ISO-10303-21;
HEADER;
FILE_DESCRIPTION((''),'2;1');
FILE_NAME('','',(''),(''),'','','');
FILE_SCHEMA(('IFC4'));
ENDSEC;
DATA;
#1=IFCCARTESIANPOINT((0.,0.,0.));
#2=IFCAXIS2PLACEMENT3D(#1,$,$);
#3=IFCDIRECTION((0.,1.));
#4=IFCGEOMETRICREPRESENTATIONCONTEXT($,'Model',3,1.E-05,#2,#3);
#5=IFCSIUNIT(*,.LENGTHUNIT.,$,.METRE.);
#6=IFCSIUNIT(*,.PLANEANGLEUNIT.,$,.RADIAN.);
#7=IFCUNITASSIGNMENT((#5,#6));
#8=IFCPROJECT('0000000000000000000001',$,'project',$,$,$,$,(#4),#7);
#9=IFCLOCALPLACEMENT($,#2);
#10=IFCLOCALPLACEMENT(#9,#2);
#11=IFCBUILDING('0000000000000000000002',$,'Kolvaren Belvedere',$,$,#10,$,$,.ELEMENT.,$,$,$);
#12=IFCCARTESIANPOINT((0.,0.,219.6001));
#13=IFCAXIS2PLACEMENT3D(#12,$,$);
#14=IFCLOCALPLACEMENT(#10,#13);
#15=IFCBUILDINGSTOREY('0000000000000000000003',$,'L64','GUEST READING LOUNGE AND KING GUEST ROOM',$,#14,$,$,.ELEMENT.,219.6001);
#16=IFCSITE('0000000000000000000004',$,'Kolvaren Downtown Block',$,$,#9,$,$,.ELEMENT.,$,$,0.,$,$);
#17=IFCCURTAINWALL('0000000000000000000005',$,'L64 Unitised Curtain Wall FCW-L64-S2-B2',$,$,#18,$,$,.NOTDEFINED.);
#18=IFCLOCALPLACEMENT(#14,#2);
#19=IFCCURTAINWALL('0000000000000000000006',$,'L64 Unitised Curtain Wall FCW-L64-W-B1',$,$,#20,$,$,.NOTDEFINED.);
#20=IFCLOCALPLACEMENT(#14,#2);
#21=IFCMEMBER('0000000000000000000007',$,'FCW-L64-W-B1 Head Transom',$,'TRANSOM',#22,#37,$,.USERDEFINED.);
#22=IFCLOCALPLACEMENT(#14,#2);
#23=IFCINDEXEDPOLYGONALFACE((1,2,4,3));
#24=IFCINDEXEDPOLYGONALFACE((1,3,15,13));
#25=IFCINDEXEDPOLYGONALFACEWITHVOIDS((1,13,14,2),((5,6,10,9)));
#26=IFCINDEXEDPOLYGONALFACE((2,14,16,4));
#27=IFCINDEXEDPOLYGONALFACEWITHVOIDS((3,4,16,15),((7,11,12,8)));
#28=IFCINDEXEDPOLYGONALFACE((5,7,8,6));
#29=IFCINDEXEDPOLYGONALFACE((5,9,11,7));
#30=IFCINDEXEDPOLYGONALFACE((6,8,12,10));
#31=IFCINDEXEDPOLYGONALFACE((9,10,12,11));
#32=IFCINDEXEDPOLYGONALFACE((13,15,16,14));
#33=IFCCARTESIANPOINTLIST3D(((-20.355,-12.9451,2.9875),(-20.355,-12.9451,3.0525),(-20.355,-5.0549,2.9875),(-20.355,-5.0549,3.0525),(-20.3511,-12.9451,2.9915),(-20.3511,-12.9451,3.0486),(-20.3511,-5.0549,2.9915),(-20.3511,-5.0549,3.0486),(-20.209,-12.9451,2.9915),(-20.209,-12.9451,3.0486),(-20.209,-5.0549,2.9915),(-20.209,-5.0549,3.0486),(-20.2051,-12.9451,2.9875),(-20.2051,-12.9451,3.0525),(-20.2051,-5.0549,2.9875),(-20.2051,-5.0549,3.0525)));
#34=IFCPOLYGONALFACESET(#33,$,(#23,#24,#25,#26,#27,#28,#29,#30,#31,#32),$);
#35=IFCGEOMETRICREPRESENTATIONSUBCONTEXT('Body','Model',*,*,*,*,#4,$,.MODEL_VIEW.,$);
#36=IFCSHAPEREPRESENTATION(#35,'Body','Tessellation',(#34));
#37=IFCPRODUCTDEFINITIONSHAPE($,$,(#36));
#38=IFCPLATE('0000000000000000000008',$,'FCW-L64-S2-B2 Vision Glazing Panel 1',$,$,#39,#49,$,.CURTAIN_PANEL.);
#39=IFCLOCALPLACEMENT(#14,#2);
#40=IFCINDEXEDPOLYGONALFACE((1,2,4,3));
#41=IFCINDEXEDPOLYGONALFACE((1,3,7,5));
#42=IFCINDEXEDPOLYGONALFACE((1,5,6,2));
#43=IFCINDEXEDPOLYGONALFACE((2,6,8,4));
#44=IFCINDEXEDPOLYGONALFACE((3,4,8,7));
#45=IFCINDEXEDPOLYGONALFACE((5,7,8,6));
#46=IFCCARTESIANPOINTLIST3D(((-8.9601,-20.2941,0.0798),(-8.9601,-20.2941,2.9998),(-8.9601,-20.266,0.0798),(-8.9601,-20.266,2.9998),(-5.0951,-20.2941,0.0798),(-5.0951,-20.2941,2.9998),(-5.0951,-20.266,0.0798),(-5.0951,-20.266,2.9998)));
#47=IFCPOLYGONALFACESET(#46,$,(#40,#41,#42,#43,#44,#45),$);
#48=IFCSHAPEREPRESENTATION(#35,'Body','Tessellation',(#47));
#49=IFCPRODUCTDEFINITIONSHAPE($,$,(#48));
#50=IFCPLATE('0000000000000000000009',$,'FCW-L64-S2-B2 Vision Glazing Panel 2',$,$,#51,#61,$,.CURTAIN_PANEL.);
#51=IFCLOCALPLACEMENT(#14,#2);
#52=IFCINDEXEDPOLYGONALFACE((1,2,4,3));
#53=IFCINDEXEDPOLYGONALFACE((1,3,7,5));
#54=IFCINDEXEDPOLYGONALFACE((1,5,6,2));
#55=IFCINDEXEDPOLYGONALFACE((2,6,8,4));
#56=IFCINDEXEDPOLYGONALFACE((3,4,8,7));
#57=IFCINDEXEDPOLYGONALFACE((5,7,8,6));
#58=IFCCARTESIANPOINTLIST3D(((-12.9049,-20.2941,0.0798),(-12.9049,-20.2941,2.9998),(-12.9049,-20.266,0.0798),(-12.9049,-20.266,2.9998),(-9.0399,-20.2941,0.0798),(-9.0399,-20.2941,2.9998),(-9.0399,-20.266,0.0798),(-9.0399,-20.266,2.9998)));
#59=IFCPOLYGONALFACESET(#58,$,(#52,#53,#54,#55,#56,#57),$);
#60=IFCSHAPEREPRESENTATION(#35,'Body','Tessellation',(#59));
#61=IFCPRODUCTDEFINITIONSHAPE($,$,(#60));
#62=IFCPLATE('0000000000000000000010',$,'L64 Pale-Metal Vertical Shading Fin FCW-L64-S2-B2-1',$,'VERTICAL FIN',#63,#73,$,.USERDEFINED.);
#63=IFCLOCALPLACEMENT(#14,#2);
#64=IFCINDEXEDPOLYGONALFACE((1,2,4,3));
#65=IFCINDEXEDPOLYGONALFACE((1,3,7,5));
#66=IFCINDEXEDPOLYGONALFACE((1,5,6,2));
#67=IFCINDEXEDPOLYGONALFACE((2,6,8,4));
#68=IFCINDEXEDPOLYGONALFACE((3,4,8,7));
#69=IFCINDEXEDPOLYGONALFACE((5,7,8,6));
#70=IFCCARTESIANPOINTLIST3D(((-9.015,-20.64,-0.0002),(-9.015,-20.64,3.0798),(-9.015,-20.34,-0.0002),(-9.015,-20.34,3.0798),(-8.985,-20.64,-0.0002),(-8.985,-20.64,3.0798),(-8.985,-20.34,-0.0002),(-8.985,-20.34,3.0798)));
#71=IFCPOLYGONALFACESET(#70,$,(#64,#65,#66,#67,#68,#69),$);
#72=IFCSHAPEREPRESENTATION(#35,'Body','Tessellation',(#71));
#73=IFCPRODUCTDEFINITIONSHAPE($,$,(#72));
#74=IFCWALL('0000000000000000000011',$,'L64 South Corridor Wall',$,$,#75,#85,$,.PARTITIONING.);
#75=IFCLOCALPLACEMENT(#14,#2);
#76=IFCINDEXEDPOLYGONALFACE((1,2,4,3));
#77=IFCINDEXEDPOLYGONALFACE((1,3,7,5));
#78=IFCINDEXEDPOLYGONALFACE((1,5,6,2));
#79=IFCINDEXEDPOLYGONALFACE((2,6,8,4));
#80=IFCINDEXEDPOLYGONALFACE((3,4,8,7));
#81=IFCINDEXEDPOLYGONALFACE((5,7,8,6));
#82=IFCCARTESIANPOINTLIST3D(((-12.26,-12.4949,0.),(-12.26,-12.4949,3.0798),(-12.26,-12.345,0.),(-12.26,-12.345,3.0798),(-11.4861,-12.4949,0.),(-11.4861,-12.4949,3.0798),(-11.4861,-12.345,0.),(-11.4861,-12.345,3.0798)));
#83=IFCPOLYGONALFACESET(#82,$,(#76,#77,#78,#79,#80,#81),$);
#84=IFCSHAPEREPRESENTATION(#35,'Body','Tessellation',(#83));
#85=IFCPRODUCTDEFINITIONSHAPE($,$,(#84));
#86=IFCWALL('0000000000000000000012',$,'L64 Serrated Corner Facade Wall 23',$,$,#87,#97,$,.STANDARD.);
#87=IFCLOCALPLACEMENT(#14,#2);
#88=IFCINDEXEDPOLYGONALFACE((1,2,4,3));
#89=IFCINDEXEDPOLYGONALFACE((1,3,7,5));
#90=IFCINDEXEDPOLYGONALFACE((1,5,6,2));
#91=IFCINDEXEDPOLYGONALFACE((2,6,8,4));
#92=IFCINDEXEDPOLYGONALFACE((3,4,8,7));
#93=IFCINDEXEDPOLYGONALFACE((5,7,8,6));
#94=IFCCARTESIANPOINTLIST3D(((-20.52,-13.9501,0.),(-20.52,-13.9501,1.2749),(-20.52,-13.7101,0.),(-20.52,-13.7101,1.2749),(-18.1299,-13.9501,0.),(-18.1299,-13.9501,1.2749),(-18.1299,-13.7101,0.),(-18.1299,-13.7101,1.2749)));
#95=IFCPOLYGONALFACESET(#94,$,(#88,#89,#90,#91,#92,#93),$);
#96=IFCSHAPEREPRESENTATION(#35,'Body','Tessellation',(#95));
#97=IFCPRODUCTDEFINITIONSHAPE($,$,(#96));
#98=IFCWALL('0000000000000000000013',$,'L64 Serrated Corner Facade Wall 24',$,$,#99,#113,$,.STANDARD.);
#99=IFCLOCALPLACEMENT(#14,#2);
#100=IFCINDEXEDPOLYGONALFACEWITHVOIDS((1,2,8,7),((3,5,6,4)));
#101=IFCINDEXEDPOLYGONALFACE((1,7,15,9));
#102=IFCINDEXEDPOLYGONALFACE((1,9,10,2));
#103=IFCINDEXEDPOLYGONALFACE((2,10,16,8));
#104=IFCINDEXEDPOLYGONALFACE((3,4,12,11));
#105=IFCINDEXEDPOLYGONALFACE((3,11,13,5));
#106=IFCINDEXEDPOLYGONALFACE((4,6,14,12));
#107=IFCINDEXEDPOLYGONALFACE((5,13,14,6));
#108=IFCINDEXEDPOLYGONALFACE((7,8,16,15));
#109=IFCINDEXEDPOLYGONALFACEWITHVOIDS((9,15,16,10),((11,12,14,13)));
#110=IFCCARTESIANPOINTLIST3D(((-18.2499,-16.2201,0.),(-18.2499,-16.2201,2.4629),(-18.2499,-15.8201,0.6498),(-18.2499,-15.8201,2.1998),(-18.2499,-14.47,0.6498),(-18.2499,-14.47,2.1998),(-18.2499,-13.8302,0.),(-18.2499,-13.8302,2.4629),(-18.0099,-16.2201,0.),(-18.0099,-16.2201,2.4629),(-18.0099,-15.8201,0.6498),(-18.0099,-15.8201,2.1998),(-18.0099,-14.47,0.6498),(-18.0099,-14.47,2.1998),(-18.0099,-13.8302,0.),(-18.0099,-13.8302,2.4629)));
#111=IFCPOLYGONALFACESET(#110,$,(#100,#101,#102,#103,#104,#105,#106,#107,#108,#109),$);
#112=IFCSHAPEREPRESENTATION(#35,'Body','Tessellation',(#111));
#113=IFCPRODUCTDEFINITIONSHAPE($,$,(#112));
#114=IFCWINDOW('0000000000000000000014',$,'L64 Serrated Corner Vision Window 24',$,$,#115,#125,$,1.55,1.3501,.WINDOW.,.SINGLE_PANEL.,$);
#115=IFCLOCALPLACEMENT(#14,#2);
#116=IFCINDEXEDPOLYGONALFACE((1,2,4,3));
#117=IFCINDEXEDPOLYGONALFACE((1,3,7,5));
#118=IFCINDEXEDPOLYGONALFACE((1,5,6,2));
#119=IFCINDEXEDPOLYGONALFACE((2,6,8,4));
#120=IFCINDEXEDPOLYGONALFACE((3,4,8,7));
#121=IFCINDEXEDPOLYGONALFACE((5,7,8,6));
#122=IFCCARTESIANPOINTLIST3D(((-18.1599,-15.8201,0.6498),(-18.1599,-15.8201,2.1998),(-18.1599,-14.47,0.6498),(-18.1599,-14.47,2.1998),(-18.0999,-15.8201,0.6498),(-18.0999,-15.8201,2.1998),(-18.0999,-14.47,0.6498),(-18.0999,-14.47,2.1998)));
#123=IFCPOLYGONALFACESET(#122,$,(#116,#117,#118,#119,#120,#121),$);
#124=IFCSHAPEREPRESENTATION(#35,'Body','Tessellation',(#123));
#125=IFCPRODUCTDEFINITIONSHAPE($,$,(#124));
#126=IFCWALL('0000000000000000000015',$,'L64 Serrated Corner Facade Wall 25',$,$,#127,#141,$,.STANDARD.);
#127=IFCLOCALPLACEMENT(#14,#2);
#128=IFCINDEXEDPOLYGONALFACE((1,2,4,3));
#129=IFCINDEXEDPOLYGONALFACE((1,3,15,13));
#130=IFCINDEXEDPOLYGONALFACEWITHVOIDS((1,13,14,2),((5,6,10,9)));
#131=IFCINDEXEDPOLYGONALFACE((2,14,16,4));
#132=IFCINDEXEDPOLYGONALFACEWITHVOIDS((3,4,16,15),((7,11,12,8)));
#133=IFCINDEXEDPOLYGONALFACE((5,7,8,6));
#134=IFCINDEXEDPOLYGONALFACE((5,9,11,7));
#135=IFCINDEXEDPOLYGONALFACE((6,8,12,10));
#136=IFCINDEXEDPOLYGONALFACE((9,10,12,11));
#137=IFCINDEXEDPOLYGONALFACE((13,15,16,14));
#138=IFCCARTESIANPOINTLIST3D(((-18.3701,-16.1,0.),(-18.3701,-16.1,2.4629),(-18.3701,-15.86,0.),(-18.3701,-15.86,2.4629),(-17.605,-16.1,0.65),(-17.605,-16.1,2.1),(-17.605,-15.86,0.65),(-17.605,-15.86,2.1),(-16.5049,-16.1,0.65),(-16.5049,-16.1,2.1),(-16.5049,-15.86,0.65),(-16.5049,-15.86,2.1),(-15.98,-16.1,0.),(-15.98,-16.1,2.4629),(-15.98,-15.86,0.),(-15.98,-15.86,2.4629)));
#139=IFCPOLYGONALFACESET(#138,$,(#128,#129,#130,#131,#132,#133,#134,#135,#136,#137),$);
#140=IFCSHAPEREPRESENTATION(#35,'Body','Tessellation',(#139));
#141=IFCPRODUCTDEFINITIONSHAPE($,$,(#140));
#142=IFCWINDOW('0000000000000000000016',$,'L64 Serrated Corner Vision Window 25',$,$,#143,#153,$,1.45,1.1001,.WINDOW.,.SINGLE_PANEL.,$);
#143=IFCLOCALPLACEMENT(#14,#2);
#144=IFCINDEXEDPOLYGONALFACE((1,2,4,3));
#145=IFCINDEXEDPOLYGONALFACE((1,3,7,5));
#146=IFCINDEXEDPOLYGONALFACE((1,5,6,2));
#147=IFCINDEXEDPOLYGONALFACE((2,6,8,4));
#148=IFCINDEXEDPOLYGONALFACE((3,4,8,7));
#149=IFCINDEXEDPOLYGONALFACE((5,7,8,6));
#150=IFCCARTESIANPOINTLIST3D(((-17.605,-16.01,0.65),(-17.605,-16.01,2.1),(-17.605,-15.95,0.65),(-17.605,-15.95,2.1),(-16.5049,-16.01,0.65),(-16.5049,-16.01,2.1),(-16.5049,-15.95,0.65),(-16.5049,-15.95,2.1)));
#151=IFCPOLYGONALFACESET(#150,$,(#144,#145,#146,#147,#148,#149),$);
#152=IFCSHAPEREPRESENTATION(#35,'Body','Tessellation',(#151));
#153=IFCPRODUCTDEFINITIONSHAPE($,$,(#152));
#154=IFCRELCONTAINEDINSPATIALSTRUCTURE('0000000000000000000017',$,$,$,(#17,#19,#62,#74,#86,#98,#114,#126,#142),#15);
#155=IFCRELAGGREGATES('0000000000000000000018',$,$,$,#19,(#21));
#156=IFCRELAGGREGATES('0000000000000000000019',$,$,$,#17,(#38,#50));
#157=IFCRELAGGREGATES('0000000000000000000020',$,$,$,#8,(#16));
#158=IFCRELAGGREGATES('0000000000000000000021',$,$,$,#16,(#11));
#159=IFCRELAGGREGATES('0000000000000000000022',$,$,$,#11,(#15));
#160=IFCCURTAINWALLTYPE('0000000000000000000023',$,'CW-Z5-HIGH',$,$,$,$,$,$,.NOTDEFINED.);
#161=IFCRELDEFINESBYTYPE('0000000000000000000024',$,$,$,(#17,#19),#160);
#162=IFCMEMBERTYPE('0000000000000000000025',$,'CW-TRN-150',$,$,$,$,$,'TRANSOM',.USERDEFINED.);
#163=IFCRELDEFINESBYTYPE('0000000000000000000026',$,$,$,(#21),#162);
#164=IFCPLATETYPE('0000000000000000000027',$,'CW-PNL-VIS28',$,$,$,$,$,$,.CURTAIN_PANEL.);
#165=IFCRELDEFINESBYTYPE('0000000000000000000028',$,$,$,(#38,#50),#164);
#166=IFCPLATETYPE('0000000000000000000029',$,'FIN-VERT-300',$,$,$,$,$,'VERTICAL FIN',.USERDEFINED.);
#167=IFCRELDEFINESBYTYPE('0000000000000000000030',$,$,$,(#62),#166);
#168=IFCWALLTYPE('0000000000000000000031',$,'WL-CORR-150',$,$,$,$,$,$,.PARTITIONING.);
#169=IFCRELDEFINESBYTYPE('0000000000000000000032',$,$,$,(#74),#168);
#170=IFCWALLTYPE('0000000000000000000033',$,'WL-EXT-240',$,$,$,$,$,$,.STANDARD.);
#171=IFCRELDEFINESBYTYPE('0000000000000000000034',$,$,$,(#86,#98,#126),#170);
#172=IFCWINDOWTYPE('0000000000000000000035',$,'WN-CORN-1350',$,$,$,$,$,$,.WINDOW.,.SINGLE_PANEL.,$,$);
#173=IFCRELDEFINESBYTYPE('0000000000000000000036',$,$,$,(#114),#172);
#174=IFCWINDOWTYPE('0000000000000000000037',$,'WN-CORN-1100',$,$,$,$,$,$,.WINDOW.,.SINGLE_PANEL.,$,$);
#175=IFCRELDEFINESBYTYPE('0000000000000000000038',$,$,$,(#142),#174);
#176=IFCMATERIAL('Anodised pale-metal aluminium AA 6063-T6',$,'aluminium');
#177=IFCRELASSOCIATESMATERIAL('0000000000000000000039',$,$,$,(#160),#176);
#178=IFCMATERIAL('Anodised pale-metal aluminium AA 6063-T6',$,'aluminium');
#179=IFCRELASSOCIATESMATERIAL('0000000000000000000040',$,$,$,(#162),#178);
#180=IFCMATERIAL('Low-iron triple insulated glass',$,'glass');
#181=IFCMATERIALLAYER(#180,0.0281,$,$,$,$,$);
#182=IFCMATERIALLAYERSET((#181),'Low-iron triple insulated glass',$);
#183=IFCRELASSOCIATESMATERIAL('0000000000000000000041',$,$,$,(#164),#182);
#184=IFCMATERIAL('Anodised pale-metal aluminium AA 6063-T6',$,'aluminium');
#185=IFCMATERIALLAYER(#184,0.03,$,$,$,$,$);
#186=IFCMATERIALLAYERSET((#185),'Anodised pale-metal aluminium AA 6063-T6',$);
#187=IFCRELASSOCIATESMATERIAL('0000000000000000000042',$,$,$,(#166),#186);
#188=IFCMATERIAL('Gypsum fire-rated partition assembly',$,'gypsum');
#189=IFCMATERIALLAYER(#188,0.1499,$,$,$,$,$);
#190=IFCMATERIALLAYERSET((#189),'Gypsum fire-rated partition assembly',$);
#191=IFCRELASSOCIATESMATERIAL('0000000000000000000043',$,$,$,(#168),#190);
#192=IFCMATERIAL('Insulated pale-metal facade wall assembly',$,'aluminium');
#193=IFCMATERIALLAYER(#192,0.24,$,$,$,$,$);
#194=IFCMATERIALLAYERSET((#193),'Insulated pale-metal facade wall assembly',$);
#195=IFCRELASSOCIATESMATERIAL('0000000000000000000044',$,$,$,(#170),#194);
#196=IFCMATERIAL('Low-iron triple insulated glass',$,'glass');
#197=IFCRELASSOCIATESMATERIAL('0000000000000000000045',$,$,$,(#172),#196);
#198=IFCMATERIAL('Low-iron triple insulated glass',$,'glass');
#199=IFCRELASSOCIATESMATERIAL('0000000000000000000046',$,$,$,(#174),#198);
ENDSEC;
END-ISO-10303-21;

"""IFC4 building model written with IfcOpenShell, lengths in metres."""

from ifc_helpers import new_model, si_unit, direction, frame, frame_2d, origin, origin_2d, place, context, subcontext, project, spatial, rectangle, hollow_rectangle, extrude, material, layer, layer_set, material_profile, profile_set, type_object, element, fill, aggregate, save


model = new_model("IFC4")

# Units and contexts
model_context = context("Model", 3, precision=1e-05, world=origin(), true_north=direction((0.0, 1.0)))
body_context = subcontext(model_context, "Body", "Model", "MODEL_VIEW")
ifc_project = project(units=[si_unit("LENGTHUNIT", "METRE"), si_unit("PLANEANGLEUNIT", "RADIAN")], contexts=[model_context])

# Site, building, storey
site_placement = place(None, origin())
site = spatial("IfcSite", under=ifc_project, at=site_placement, Name="Kolvaren Downtown Block", CompositionType="ELEMENT", RefElevation=0.0)
building_placement = place(site_placement, origin())
building = spatial("IfcBuilding", under=site, at=building_placement, Name="Kolvaren Belvedere", CompositionType="ELEMENT")
storey_placement = place(building_placement, frame((0.0, 0.0, 219.6001)))
storey = spatial("IfcBuildingStorey", under=building, at=storey_placement, Name="L64", Description="GUEST READING LOUNGE AND KING GUEST ROOM", CompositionType="ELEMENT", Elevation=219.6001)

# Curtain walls, member
ifc_material_1 = material(Name="Anodised pale-metal aluminium AA 6063-T6", Category="aluminium")
curtain_wall_type = type_object("IfcCurtainWallType", Name="CW-Z5-HIGH", PredefinedType="NOTDEFINED", material=ifc_material_1)
curtain_wall_1_placement = place(storey_placement, origin())
curtain_wall_1 = element("IfcCurtainWall", 1, at=curtain_wall_1_placement, inside=storey, type_object=curtain_wall_type, Name="L64 Unitised Curtain Wall FCW-L64-S2-B2", PredefinedType="NOTDEFINED")
curtain_wall_2_placement = place(storey_placement, origin())
curtain_wall_2 = element("IfcCurtainWall", 2, at=curtain_wall_2_placement, inside=storey, type_object=curtain_wall_type, Name="L64 Unitised Curtain Wall FCW-L64-W-B1", PredefinedType="NOTDEFINED")
ifc_material_2 = material(Name="Anodised pale-metal aluminium AA 6063-T6", Category="aluminium")
ifc_material_profile_1 = material_profile(ifc_material_2, hollow_rectangle(XDim=0.0649, YDim=0.1499, WallThickness=0.0039, at=origin_2d()), Name="ALU-TRN-150X65")
ifc_profile_set_1 = profile_set([ifc_material_profile_1], Name="Anodised pale-metal aluminium AA 6063-T6")
member_type_1 = type_object("IfcMemberType", Name="CW-TRN-150", ElementType="TRANSOM", PredefinedType="USERDEFINED", material=ifc_profile_set_1)
member_1_placement = place(storey_placement, frame((-20.28, -12.9451, 3.02), z_axis=(0.0, 1.0, 0.0), x_axis=(0.0, 0.0, 1.0)))
member_1 = element("IfcMember", 3, at=member_1_placement, type_object=member_type_1, Name="FCW-L64-W-B1 Head Transom", ObjectType="TRANSOM", PredefinedType="USERDEFINED", context=body_context, shape_type="SweptSolid", body=[
    extrude(hollow_rectangle(XDim=0.0649, YDim=0.1499, WallThickness=0.0039, at=origin_2d()), origin(), (0.0, 0.0, 1.0), 7.8901),
])
aggregate(curtain_wall_2, [member_1])

# Plates
ifc_material_3 = material(Name="Low-iron triple insulated glass", Category="glass")
ifc_layer_1 = layer(ifc_material_3, 0.0281)
ifc_layer_set_1 = layer_set([ifc_layer_1], Name="Low-iron triple insulated glass")
plate_type_1 = type_object("IfcPlateType", Name="CW-PNL-VIS28", PredefinedType="CURTAIN_PANEL", material=ifc_layer_set_1)
plate_1_placement = place(storey_placement, frame((-7.0276, -20.28, 0.0798), z_axis=(0.0, 0.0, 1.0), x_axis=(-1.0, 0.0, 0.0)))
plate_1 = element("IfcPlate", 4, at=plate_1_placement, type_object=plate_type_1, Name="FCW-L64-S2-B2 Vision Glazing Panel 1", PredefinedType="CURTAIN_PANEL", context=body_context, shape_type="SweptSolid", body=[
    extrude(rectangle(XDim=3.865, YDim=0.0281, at=origin_2d()), origin(), (0.0, 0.0, 1.0), 2.9199),
])
plate_2_placement = place(storey_placement, frame((-10.9724, -20.28, 0.0798), z_axis=(0.0, 0.0, 1.0), x_axis=(-1.0, 0.0, 0.0)))
plate_2 = element("IfcPlate", 5, at=plate_2_placement, type_object=plate_type_1, Name="FCW-L64-S2-B2 Vision Glazing Panel 2", PredefinedType="CURTAIN_PANEL", context=body_context, shape_type="SweptSolid", body=[
    extrude(rectangle(XDim=3.865, YDim=0.0281, at=origin_2d()), origin(), (0.0, 0.0, 1.0), 2.9199),
])
aggregate(curtain_wall_1, [plate_1, plate_2])
ifc_material_4 = material(Name="Anodised pale-metal aluminium AA 6063-T6", Category="aluminium")
ifc_layer_2 = layer(ifc_material_4, 0.03)
ifc_layer_set_2 = layer_set([ifc_layer_2], Name="Anodised pale-metal aluminium AA 6063-T6")
plate_type_2 = type_object("IfcPlateType", Name="FIN-VERT-300", ElementType="VERTICAL FIN", PredefinedType="USERDEFINED", material=ifc_layer_set_2)
plate_3_placement = place(storey_placement, frame((-9.0, -20.49, -0.0002), z_axis=(0.0, 0.0, 1.0), x_axis=(0.0, 1.0, 0.0)))
element("IfcPlate", 6, at=plate_3_placement, inside=storey, type_object=plate_type_2, Name="L64 Pale-Metal Vertical Shading Fin FCW-L64-S2-B2-1", ObjectType="VERTICAL FIN", PredefinedType="USERDEFINED", context=body_context, shape_type="SweptSolid", body=[
    extrude(rectangle(XDim=0.3, YDim=0.03, at=origin_2d()), origin(), (0.0, 0.0, 1.0), 3.0801),
])

# Walls
ifc_material_5 = material(Name="Gypsum fire-rated partition assembly", Category="gypsum")
ifc_layer_3 = layer(ifc_material_5, 0.1499)
ifc_layer_set_3 = layer_set([ifc_layer_3], Name="Gypsum fire-rated partition assembly")
wall_type_1 = type_object("IfcWallType", Name="WL-CORR-150", PredefinedType="PARTITIONING", material=ifc_layer_set_3)
wall_1_placement = place(storey_placement, frame((-12.26, -12.4199, 0.0), z_axis=(0.0, 0.0, 1.0), x_axis=(1.0, 0.0, 0.0)))
element("IfcWall", 7, at=wall_1_placement, inside=storey, type_object=wall_type_1, Name="L64 South Corridor Wall", PredefinedType="PARTITIONING", context=body_context, shape_type="SweptSolid", body=[
    extrude(rectangle(XDim=0.7739, YDim=0.1499, at=frame_2d((0.387, 0.0))), origin(), (0.0, 0.0, 1.0), 3.0798),
])
ifc_material_6 = material(Name="Insulated pale-metal facade wall assembly", Category="aluminium")
ifc_layer_4 = layer(ifc_material_6, 0.24)
ifc_layer_set_4 = layer_set([ifc_layer_4], Name="Insulated pale-metal facade wall assembly")
wall_type_2 = type_object("IfcWallType", Name="WL-EXT-240", PredefinedType="STANDARD", material=ifc_layer_set_4)
wall_2_placement = place(storey_placement, frame((-18.1299, -13.8301, 0.0), z_axis=(0.0, 0.0, 1.0), x_axis=(-1.0, 0.0, 0.0)))
element("IfcWall", 8, at=wall_2_placement, inside=storey, type_object=wall_type_2, Name="L64 Serrated Corner Facade Wall 23", PredefinedType="STANDARD", context=body_context, shape_type="SweptSolid", body=[
    extrude(rectangle(XDim=2.3901, YDim=0.24, at=frame_2d((1.1951, 0.0))), origin(), (0.0, 0.0, 1.0), 1.2749),
])

# Walls, openings, windows
wall_3_placement = place(storey_placement, frame((-18.1299, -16.22, 0.0), z_axis=(0.0, 0.0, 1.0), x_axis=(0.0, 1.0, 0.0)))
wall_3 = element("IfcWall", 9, at=wall_3_placement, inside=storey, type_object=wall_type_2, Name="L64 Serrated Corner Facade Wall 24", PredefinedType="STANDARD", context=body_context, shape_type="SweptSolid", body=[
    extrude(rectangle(XDim=2.3899, YDim=0.24, at=frame_2d((1.1948, 0.0))), origin(), (0.0, 0.0, 1.0), 2.4629),
])
opening_1_placement = place(wall_3_placement, frame((0.3999, 0.0, 0.6499)))
opening_1 = element("IfcOpeningElement", 10, at=opening_1_placement, cuts=wall_3, PredefinedType="OPENING", context=body_context, shape_type="SweptSolid", body=[
    extrude(rectangle(XDim=1.3501, YDim=1.55, at=frame_2d((0.675, 0.7749))), frame((0.0, 0.1299, 0.0), z_axis=(0.0, -1.0, 0.0), x_axis=(1.0, 0.0, 0.0)), (0.0, 0.0, 1.0), 0.26),
])
ifc_material_7 = material(Name="Low-iron triple insulated glass", Category="glass")
window_type_1 = type_object("IfcWindowType", Name="WN-CORN-1350", PartitioningType="SINGLE_PANEL", PredefinedType="WINDOW", material=ifc_material_7)
window_1_placement = place(opening_1_placement, origin())
window_1 = element("IfcWindow", 11, at=window_1_placement, inside=storey, type_object=window_type_1, Name="L64 Serrated Corner Vision Window 24", OverallHeight=1.55, OverallWidth=1.3501, PartitioningType="SINGLE_PANEL", PredefinedType="WINDOW", context=body_context, shape_type="SweptSolid", body=[
    extrude(rectangle(XDim=1.3501, YDim=1.55, at=frame_2d((0.675, 0.7749))), frame((0.0, 0.03, 0.0), z_axis=(0.0, -1.0, 0.0), x_axis=(1.0, 0.0, 0.0)), (0.0, 0.0, 1.0), 0.0601),
])
fill(opening_1, window_1)
wall_4_placement = place(storey_placement, frame((-15.98, -15.98, 0.0), z_axis=(0.0, 0.0, 1.0), x_axis=(-1.0, 0.0, 0.0)))
wall_4 = element("IfcWall", 12, at=wall_4_placement, inside=storey, type_object=wall_type_2, Name="L64 Serrated Corner Facade Wall 25", PredefinedType="STANDARD", context=body_context, shape_type="SweptSolid", body=[
    extrude(rectangle(XDim=2.3901, YDim=0.24, at=frame_2d((1.1951, 0.0))), origin(), (0.0, 0.0, 1.0), 2.4629),
])
opening_2_placement = place(wall_4_placement, frame((0.5249, 0.0, 0.6499)))
opening_2 = element("IfcOpeningElement", 13, at=opening_2_placement, cuts=wall_4, PredefinedType="OPENING", context=body_context, shape_type="SweptSolid", body=[
    extrude(rectangle(XDim=1.1001, YDim=1.45, at=frame_2d((0.55, 0.7251))), frame((0.0, 0.1299, 0.0), z_axis=(0.0, -1.0, 0.0), x_axis=(1.0, 0.0, 0.0)), (0.0, 0.0, 1.0), 0.26),
])
ifc_material_8 = material(Name="Low-iron triple insulated glass", Category="glass")
window_type_2 = type_object("IfcWindowType", Name="WN-CORN-1100", PartitioningType="SINGLE_PANEL", PredefinedType="WINDOW", material=ifc_material_8)
window_2_placement = place(opening_2_placement, origin())
window_2 = element("IfcWindow", 14, at=window_2_placement, inside=storey, type_object=window_type_2, Name="L64 Serrated Corner Vision Window 25", OverallHeight=1.45, OverallWidth=1.1001, PartitioningType="SINGLE_PANEL", PredefinedType="WINDOW", context=body_context, shape_type="SweptSolid", body=[
    extrude(rectangle(XDim=1.1001, YDim=1.45, at=frame_2d((0.55, 0.7251))), frame((0.0, 0.03, 0.0), z_axis=(0.0, -1.0, 0.0), x_axis=(1.0, 0.0, 0.0)), (0.0, 0.0, 1.0), 0.0601),
])
fill(opening_2, window_2)

save(model, "model.ifc")
